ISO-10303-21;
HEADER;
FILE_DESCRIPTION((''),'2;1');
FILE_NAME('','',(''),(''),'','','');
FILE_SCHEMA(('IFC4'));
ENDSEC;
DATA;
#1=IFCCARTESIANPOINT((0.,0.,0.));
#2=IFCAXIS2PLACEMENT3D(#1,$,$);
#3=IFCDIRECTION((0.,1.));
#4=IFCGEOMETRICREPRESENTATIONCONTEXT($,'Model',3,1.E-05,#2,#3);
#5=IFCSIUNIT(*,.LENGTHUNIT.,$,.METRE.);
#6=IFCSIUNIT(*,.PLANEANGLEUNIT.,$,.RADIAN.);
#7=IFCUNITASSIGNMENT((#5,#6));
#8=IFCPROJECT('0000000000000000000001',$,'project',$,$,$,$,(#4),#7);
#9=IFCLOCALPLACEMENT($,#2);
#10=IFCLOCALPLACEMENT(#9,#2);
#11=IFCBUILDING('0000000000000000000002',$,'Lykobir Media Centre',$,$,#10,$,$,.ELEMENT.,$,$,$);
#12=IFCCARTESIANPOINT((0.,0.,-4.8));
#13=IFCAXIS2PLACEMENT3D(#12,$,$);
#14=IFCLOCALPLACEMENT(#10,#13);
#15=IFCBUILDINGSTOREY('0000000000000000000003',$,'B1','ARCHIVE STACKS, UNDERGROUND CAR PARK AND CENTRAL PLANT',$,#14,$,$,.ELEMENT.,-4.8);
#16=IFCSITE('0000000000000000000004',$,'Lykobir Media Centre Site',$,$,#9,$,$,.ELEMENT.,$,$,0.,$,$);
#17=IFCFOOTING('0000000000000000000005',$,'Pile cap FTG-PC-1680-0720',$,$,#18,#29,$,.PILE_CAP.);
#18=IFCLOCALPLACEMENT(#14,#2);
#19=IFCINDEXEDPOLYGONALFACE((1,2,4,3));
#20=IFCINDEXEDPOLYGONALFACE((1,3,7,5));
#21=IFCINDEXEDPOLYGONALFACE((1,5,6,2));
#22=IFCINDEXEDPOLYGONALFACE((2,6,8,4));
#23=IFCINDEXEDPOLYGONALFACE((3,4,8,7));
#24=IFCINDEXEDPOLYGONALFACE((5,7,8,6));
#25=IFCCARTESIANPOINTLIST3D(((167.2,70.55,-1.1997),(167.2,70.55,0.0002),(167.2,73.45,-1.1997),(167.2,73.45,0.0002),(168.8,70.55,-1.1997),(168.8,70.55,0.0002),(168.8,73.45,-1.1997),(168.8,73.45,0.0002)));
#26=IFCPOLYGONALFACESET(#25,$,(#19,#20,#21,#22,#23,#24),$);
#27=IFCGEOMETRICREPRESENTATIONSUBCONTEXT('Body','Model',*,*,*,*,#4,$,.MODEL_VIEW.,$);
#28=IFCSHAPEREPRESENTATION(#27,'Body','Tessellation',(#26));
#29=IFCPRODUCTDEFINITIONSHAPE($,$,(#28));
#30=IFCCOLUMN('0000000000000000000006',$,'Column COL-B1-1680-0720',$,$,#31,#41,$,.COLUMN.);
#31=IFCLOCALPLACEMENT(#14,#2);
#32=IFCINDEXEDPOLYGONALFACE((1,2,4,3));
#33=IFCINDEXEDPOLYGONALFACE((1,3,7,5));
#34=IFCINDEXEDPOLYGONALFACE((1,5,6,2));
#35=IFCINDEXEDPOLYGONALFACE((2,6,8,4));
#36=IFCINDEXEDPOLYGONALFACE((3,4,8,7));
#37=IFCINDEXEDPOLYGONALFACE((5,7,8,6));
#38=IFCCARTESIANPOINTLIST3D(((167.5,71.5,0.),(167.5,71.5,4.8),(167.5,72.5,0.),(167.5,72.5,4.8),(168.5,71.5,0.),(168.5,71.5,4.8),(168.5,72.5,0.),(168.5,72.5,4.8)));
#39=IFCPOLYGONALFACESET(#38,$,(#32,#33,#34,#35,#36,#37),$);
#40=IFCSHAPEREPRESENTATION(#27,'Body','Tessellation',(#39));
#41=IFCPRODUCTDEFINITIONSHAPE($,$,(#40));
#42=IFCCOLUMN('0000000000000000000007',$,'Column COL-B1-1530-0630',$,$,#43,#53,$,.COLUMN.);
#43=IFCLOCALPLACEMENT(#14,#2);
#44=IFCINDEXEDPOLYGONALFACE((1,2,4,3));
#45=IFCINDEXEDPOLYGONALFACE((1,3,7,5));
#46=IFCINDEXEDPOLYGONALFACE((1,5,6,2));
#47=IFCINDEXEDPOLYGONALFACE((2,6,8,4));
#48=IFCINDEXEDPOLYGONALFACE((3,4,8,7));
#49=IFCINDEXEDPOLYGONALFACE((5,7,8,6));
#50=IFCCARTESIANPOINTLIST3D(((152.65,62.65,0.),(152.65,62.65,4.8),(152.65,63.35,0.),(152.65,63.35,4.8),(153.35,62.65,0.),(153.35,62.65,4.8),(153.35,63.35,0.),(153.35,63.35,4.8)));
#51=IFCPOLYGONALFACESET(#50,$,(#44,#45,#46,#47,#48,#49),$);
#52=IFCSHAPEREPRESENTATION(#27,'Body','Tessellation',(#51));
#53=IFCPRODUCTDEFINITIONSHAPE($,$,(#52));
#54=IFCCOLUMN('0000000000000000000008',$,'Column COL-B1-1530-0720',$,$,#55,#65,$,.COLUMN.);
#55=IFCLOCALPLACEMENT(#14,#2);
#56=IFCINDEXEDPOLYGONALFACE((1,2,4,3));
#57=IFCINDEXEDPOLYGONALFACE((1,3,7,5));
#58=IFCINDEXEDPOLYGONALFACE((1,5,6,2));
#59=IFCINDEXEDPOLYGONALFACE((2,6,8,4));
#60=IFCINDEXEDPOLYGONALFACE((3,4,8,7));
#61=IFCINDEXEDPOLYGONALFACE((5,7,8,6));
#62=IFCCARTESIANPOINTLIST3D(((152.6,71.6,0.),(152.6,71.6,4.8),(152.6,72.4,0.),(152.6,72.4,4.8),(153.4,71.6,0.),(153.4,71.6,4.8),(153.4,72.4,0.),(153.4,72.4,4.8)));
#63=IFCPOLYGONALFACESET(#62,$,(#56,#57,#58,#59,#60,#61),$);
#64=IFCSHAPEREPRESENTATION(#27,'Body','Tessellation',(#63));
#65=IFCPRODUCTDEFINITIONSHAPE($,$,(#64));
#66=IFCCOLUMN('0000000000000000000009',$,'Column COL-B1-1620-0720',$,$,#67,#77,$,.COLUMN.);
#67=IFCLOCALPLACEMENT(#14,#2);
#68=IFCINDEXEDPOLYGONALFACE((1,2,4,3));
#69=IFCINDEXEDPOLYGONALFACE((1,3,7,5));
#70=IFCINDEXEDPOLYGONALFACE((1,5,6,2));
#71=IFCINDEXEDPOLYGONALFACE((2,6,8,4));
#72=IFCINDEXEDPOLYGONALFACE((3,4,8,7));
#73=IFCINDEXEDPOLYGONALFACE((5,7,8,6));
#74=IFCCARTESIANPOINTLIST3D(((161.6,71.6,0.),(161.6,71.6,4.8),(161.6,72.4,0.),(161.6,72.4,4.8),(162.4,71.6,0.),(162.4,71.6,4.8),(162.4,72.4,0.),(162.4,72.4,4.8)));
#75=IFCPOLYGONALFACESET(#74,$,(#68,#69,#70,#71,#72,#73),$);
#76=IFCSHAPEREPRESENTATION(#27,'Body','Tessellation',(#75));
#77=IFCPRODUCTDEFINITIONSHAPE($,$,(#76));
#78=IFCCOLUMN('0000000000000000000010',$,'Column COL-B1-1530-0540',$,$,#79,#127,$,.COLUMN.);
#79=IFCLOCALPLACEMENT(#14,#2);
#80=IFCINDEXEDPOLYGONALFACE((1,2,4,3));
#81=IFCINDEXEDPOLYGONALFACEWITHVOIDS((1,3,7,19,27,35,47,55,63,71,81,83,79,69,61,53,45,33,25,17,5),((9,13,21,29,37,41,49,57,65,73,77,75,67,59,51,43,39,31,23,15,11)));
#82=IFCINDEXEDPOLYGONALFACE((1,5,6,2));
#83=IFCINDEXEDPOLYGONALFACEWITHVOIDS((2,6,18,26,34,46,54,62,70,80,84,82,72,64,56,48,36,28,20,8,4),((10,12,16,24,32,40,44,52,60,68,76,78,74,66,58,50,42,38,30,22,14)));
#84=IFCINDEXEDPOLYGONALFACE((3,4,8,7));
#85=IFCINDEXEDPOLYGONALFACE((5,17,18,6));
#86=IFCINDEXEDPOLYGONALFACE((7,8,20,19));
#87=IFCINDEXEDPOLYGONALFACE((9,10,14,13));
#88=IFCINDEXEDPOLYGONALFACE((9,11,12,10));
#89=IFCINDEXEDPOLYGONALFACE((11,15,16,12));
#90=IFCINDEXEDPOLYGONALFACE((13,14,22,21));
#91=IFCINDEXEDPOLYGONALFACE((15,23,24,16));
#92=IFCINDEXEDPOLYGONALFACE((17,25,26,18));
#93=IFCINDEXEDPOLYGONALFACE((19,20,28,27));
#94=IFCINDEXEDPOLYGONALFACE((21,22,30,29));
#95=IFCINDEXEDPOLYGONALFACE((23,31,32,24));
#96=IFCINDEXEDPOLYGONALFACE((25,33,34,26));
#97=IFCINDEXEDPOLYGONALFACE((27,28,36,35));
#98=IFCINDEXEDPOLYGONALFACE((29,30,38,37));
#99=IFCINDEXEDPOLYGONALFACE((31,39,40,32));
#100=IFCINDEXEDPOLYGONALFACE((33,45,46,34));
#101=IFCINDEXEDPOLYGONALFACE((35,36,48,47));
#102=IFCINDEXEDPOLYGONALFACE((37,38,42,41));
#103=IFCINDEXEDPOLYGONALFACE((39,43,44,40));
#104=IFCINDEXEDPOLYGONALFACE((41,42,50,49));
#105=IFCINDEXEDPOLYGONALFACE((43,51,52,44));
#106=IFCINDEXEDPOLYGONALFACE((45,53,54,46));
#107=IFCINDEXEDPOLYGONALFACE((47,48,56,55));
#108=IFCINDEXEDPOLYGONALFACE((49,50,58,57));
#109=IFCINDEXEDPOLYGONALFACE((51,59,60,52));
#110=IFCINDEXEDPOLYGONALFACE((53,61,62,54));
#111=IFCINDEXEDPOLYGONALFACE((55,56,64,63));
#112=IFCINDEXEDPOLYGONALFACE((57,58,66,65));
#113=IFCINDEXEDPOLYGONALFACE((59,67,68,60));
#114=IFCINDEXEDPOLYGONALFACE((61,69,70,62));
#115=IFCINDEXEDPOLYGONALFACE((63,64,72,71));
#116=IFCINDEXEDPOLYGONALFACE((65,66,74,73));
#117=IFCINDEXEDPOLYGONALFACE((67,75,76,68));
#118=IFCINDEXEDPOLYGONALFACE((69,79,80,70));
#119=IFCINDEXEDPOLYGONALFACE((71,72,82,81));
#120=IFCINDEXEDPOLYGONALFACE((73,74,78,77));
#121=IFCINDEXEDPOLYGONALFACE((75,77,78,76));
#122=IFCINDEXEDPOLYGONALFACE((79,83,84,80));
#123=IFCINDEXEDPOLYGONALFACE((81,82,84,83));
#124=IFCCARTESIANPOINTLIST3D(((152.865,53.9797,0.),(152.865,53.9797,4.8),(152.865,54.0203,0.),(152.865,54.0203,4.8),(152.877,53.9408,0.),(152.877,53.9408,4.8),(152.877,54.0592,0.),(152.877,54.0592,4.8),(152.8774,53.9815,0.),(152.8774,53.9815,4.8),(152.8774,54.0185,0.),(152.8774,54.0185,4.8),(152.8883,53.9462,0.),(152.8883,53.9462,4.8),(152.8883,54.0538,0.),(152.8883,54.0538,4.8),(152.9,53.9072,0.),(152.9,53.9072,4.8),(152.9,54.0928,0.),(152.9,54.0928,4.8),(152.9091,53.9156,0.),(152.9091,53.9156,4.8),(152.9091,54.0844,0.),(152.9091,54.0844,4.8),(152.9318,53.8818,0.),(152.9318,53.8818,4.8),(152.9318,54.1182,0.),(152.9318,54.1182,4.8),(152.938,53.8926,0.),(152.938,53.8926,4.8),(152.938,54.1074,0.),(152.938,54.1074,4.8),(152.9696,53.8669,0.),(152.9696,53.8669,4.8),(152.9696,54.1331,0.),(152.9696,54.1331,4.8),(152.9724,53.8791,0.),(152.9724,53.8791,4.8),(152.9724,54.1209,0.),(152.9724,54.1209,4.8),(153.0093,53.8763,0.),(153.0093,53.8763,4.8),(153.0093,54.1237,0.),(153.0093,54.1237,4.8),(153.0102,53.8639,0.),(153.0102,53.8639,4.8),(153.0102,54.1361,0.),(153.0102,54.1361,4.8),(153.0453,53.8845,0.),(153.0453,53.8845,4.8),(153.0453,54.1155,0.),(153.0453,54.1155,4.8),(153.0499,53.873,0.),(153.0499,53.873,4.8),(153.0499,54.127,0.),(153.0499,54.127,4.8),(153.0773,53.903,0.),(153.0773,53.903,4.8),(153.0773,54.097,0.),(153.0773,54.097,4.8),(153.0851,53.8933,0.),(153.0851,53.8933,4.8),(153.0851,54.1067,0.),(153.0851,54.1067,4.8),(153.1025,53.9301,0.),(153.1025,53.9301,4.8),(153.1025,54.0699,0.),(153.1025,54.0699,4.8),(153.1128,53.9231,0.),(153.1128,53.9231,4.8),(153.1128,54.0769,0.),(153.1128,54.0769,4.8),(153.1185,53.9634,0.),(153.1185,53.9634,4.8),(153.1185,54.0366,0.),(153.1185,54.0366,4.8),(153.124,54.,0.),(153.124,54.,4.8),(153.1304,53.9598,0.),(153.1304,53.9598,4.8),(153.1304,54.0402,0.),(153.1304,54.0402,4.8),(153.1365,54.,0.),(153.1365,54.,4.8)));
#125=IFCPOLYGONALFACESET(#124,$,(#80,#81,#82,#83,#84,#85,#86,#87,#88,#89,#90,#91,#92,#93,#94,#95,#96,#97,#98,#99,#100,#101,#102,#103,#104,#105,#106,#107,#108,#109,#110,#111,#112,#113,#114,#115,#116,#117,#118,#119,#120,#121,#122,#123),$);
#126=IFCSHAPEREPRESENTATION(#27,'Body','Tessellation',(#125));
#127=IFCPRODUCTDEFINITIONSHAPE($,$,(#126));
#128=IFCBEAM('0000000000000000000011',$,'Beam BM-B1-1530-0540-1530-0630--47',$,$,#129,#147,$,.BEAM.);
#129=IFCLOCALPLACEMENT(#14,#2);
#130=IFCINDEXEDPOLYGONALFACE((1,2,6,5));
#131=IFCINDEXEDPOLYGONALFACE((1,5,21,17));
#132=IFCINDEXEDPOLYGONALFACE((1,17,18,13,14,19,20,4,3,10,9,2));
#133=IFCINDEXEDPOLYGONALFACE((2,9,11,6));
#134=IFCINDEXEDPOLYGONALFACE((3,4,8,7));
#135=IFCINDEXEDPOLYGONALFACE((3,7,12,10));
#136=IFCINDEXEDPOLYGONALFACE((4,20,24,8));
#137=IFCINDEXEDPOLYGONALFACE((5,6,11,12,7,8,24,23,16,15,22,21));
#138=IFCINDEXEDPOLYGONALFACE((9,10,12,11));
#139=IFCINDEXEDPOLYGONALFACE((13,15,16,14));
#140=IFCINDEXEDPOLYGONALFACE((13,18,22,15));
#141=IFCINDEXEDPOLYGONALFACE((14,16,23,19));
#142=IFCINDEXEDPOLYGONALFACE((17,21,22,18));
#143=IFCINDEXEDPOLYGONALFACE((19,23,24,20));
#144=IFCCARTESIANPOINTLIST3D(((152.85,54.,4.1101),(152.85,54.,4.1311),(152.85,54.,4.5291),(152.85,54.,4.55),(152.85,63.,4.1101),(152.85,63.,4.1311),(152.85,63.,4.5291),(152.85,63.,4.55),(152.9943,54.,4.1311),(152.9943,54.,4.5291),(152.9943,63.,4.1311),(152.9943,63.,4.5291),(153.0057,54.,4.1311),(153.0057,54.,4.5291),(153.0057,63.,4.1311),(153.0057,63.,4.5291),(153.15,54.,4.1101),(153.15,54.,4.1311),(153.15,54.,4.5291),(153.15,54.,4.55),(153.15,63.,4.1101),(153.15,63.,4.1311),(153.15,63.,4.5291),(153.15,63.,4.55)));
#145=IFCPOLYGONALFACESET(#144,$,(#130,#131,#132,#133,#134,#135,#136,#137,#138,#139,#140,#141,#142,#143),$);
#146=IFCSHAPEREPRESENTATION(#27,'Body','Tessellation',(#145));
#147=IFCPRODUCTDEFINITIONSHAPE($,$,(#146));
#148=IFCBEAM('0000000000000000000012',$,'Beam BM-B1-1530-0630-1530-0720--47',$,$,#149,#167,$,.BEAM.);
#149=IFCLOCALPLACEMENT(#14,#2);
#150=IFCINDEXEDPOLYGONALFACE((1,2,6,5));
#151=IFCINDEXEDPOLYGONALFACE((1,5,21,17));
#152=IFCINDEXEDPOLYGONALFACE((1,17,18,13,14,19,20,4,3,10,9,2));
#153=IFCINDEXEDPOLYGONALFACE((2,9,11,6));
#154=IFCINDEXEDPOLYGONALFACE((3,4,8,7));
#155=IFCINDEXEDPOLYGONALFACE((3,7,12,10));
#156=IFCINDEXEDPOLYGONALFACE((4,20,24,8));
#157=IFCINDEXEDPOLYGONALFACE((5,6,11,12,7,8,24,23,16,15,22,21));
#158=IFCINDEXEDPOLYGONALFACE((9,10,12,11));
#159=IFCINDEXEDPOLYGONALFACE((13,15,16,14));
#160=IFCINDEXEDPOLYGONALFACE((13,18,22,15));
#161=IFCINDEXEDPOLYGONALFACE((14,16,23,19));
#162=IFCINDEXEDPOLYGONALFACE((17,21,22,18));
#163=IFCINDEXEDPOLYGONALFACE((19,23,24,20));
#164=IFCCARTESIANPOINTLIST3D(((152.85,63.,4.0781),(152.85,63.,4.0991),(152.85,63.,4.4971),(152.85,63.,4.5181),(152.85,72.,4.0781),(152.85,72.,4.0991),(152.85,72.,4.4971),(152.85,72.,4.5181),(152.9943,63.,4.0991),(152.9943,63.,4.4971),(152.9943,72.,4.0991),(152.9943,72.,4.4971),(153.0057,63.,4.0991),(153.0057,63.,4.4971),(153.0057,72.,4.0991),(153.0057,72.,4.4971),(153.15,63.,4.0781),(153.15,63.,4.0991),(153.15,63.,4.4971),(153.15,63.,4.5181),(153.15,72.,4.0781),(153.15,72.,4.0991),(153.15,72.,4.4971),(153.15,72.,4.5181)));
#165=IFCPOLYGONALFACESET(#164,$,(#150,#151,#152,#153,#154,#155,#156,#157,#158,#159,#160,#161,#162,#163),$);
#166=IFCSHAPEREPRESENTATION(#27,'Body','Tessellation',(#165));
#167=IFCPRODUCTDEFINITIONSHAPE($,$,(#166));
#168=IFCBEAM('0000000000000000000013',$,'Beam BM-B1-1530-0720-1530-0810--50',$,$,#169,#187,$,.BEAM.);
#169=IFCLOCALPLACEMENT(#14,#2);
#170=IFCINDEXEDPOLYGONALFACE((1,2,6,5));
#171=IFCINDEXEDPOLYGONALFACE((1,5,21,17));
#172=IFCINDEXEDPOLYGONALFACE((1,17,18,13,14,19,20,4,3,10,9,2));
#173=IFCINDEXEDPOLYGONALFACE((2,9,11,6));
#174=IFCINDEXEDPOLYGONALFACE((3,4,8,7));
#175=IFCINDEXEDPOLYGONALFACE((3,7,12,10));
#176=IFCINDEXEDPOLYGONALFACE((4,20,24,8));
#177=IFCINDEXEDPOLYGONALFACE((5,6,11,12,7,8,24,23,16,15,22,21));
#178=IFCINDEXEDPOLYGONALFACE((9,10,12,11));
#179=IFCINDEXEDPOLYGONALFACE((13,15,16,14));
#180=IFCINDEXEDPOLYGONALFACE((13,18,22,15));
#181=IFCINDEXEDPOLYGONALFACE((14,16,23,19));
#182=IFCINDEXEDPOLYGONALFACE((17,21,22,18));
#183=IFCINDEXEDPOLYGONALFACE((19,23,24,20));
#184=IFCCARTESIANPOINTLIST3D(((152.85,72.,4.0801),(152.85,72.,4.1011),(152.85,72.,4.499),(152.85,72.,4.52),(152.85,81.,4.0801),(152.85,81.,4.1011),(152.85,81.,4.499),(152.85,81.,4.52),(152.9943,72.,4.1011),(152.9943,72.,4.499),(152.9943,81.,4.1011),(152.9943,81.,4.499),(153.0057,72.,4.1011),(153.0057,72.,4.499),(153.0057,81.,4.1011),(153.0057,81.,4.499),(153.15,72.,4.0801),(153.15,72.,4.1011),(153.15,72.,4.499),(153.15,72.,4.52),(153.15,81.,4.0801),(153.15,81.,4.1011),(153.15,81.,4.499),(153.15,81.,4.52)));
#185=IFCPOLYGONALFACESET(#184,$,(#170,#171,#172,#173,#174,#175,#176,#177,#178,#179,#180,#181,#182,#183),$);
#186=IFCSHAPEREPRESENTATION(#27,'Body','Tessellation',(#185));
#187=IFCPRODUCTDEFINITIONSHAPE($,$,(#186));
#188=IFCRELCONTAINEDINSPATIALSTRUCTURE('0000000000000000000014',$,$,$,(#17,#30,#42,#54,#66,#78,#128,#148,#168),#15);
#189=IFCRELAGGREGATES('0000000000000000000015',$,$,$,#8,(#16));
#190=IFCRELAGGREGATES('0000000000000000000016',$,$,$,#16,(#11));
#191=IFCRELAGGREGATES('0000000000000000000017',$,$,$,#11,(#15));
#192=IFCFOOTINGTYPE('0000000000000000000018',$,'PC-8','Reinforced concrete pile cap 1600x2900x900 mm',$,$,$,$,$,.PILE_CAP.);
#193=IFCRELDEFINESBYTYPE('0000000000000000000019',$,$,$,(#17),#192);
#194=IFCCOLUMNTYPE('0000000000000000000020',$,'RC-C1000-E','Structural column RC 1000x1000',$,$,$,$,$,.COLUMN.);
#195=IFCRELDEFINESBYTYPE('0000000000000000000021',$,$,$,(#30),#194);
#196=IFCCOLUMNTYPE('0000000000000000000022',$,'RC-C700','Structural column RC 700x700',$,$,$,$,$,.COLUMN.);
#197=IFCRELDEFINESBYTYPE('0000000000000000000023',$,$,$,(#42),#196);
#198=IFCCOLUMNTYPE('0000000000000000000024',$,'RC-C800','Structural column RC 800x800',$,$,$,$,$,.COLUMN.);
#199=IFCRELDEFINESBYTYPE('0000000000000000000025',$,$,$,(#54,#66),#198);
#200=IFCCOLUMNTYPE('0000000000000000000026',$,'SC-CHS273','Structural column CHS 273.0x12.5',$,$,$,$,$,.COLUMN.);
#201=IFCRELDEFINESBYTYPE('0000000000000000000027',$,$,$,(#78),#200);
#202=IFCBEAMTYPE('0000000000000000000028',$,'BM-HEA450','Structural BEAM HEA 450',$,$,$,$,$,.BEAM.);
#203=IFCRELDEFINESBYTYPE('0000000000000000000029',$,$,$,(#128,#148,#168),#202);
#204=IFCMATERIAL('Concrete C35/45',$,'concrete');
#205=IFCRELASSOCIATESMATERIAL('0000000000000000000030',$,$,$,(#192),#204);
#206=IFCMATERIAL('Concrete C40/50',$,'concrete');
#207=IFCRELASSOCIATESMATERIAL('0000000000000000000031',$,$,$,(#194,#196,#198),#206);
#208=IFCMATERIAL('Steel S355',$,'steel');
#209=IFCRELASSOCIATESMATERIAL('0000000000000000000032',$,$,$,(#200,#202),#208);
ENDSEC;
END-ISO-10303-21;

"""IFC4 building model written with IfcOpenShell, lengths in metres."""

from ifc_helpers import new_model, si_unit, direction, frame, origin, origin_2d, place, context, subcontext, project, spatial, rectangle, hollow_circle, i_section, extrude, material, material_profile, profile_set, type_object, element, save


model = new_model("IFC4")

# Units and contexts
model_context = context("Model", 3, precision=1e-05, world=origin(), true_north=direction((0.0, 1.0)))
body_context = subcontext(model_context, "Body", "Model", "MODEL_VIEW")
ifc_project = project(units=[si_unit("LENGTHUNIT", "METRE"), si_unit("PLANEANGLEUNIT", "RADIAN")], contexts=[model_context])

# Site, building, storey
site_placement = place(None, origin())
site = spatial("IfcSite", under=ifc_project, at=site_placement, Name="Lykobir Media Centre Site", CompositionType="ELEMENT", RefElevation=0.0)
building_placement = place(site_placement, origin())
building = spatial("IfcBuilding", under=site, at=building_placement, Name="Lykobir Media Centre", CompositionType="ELEMENT")
storey_placement = place(building_placement, frame((0.0, 0.0, -4.8)))
storey = spatial("IfcBuildingStorey", under=building, at=storey_placement, Name="B1", Description="ARCHIVE STACKS, UNDERGROUND CAR PARK AND CENTRAL PLANT", CompositionType="ELEMENT", Elevation=-4.8)

# Footing
ifc_material_1 = material(Name="Concrete C35/45", Category="concrete")
footing_type_1 = type_object("IfcFootingType", Name="PC-8", Description="Reinforced concrete pile cap 1600x2900x900 mm", PredefinedType="PILE_CAP", material=ifc_material_1)
footing_1_placement = place(storey_placement, frame((168.0, 72.0, -1.1997), z_axis=(0.0, 0.0, 1.0), x_axis=(1.0, 0.0, 0.0)))
element("IfcFooting", 1, at=footing_1_placement, inside=storey, type_object=footing_type_1, Name="Pile cap FTG-PC-1680-0720", PredefinedType="PILE_CAP", context=body_context, shape_type="SweptSolid", body=[
    extrude(rectangle(XDim=1.6001, YDim=2.8999, at=origin_2d()), origin(), (0.0, 0.0, 1.0), 1.2),
])

# Columns
ifc_material_2 = material(Name="Concrete C40/50", Category="concrete")
ifc_material_profile_1 = material_profile(ifc_material_2, rectangle(XDim=1.0, YDim=1.0, at=origin_2d()), Name="RC 1000x1000")
ifc_profile_set_1 = profile_set([ifc_material_profile_1], Name="Concrete C40/50")
column_type_1 = type_object("IfcColumnType", Name="RC-C1000-E", Description="Structural column RC 1000x1000", PredefinedType="COLUMN", material=ifc_profile_set_1)
column_1_placement = place(storey_placement, frame((168.0, 72.0, 0.0), z_axis=(0.0, 0.0, 1.0), x_axis=(1.0, 0.0, 0.0)))
element("IfcColumn", 2, at=column_1_placement, inside=storey, type_object=column_type_1, Name="Column COL-B1-1680-0720", PredefinedType="COLUMN", context=body_context, shape_type="SweptSolid", body=[
    extrude(rectangle(XDim=1.0, YDim=1.0, at=origin_2d()), origin(), (0.0, 0.0, 1.0), 4.8),
])
ifc_material_profile_2 = material_profile(ifc_material_2, rectangle(XDim=0.7, YDim=0.7, at=origin_2d()), Name="RC 700x700")
ifc_profile_set_2 = profile_set([ifc_material_profile_2], Name="Concrete C40/50")
column_type_2 = type_object("IfcColumnType", Name="RC-C700", Description="Structural column RC 700x700", PredefinedType="COLUMN", material=ifc_profile_set_2)
column_2_placement = place(storey_placement, frame((153.0, 63.0, 0.0), z_axis=(0.0, 0.0, 1.0), x_axis=(1.0, 0.0, 0.0)))
element("IfcColumn", 3, at=column_2_placement, inside=storey, type_object=column_type_2, Name="Column COL-B1-1530-0630", PredefinedType="COLUMN", context=body_context, shape_type="SweptSolid", body=[
    extrude(rectangle(XDim=0.7, YDim=0.7, at=origin_2d()), origin(), (0.0, 0.0, 1.0), 4.8),
])
ifc_material_profile_3 = material_profile(ifc_material_2, rectangle(XDim=0.8, YDim=0.8, at=origin_2d()), Name="RC 800x800")
ifc_profile_set_3 = profile_set([ifc_material_profile_3], Name="Concrete C40/50")
column_type_3 = type_object("IfcColumnType", Name="RC-C800", Description="Structural column RC 800x800", PredefinedType="COLUMN", material=ifc_profile_set_3)
for number, where, z_axis, x_axis, name in (
    (4, (153.0, 72.0, 0.0), (0.0, 0.0, 1.0), (1.0, 0.0, 0.0), "Column COL-B1-1530-0720"),
    (5, (162.0, 72.0, 0.0), (0.0, 0.0, 1.0), (1.0, 0.0, 0.0), "Column COL-B1-1620-0720"),
):
    element("IfcColumn", number, at=place(storey_placement, frame(where, z_axis=z_axis, x_axis=x_axis)), inside=storey, type_object=column_type_3, Name=name, PredefinedType="COLUMN", context=body_context, shape_type="SweptSolid", body=[
        extrude(rectangle(XDim=0.8, YDim=0.8, at=origin_2d()), origin(), (0.0, 0.0, 1.0), 4.8),
    ])
ifc_material_3 = material(Name="Steel S355", Category="steel")
ifc_material_profile_4 = material_profile(ifc_material_3, hollow_circle(Radius=0.1365, WallThickness=0.0125, at=origin_2d()), Name="CHS 273.0x12.5")
ifc_profile_set_4 = profile_set([ifc_material_profile_4], Name="Steel S355")
column_type_4 = type_object("IfcColumnType", Name="SC-CHS273", Description="Structural column CHS 273.0x12.5", PredefinedType="COLUMN", material=ifc_profile_set_4)
column_3_placement = place(storey_placement, frame((153.0, 54.0, 0.0), z_axis=(0.0, 0.0, 1.0), x_axis=(1.0, 0.0, 0.0)))
element("IfcColumn", 6, at=column_3_placement, inside=storey, type_object=column_type_4, Name="Column COL-B1-1530-0540", PredefinedType="COLUMN", context=body_context, shape_type="SweptSolid", body=[
    extrude(hollow_circle(Radius=0.1365, WallThickness=0.0125, at=origin_2d()), origin(), (0.0, 0.0, 1.0), 4.8),
])

# Beams
ifc_material_profile_5 = material_profile(ifc_material_3, i_section(OverallWidth=0.3, OverallDepth=0.4399, WebThickness=0.0115, FlangeThickness=0.021, at=origin_2d()), Name="HEA 450")
ifc_profile_set_5 = profile_set([ifc_material_profile_5], Name="Steel S355")
beam_type_1 = type_object("IfcBeamType", Name="BM-HEA450", Description="Structural BEAM HEA 450", PredefinedType="BEAM", material=ifc_profile_set_5)
for number, where, z_axis, x_axis, name in (
    (7, (153.0, 54.0, 4.3301), (0.0, 1.0, 0.0), (-1.0, 0.0, 0.0), "Beam BM-B1-1530-0540-1530-0630--47"),
    (8, (153.0, 63.0, 4.2981), (0.0, 1.0, 0.0), (-1.0, 0.0, 0.0), "Beam BM-B1-1530-0630-1530-0720--47"),
    (9, (153.0, 72.0, 4.3), (0.0, 1.0, 0.0), (-1.0, 0.0, 0.0), "Beam BM-B1-1530-0720-1530-0810--50"),
):
    element("IfcBeam", number, at=place(storey_placement, frame(where, z_axis=z_axis, x_axis=x_axis)), inside=storey, type_object=beam_type_1, Name=name, PredefinedType="BEAM", context=body_context, shape_type="SweptSolid", body=[
        extrude(i_section(OverallWidth=0.3, OverallDepth=0.4399, WebThickness=0.0115, FlangeThickness=0.021, at=origin_2d()), origin(), (0.0, 0.0, 1.0), 9.0),
    ])

save(model, "model.ifc")
